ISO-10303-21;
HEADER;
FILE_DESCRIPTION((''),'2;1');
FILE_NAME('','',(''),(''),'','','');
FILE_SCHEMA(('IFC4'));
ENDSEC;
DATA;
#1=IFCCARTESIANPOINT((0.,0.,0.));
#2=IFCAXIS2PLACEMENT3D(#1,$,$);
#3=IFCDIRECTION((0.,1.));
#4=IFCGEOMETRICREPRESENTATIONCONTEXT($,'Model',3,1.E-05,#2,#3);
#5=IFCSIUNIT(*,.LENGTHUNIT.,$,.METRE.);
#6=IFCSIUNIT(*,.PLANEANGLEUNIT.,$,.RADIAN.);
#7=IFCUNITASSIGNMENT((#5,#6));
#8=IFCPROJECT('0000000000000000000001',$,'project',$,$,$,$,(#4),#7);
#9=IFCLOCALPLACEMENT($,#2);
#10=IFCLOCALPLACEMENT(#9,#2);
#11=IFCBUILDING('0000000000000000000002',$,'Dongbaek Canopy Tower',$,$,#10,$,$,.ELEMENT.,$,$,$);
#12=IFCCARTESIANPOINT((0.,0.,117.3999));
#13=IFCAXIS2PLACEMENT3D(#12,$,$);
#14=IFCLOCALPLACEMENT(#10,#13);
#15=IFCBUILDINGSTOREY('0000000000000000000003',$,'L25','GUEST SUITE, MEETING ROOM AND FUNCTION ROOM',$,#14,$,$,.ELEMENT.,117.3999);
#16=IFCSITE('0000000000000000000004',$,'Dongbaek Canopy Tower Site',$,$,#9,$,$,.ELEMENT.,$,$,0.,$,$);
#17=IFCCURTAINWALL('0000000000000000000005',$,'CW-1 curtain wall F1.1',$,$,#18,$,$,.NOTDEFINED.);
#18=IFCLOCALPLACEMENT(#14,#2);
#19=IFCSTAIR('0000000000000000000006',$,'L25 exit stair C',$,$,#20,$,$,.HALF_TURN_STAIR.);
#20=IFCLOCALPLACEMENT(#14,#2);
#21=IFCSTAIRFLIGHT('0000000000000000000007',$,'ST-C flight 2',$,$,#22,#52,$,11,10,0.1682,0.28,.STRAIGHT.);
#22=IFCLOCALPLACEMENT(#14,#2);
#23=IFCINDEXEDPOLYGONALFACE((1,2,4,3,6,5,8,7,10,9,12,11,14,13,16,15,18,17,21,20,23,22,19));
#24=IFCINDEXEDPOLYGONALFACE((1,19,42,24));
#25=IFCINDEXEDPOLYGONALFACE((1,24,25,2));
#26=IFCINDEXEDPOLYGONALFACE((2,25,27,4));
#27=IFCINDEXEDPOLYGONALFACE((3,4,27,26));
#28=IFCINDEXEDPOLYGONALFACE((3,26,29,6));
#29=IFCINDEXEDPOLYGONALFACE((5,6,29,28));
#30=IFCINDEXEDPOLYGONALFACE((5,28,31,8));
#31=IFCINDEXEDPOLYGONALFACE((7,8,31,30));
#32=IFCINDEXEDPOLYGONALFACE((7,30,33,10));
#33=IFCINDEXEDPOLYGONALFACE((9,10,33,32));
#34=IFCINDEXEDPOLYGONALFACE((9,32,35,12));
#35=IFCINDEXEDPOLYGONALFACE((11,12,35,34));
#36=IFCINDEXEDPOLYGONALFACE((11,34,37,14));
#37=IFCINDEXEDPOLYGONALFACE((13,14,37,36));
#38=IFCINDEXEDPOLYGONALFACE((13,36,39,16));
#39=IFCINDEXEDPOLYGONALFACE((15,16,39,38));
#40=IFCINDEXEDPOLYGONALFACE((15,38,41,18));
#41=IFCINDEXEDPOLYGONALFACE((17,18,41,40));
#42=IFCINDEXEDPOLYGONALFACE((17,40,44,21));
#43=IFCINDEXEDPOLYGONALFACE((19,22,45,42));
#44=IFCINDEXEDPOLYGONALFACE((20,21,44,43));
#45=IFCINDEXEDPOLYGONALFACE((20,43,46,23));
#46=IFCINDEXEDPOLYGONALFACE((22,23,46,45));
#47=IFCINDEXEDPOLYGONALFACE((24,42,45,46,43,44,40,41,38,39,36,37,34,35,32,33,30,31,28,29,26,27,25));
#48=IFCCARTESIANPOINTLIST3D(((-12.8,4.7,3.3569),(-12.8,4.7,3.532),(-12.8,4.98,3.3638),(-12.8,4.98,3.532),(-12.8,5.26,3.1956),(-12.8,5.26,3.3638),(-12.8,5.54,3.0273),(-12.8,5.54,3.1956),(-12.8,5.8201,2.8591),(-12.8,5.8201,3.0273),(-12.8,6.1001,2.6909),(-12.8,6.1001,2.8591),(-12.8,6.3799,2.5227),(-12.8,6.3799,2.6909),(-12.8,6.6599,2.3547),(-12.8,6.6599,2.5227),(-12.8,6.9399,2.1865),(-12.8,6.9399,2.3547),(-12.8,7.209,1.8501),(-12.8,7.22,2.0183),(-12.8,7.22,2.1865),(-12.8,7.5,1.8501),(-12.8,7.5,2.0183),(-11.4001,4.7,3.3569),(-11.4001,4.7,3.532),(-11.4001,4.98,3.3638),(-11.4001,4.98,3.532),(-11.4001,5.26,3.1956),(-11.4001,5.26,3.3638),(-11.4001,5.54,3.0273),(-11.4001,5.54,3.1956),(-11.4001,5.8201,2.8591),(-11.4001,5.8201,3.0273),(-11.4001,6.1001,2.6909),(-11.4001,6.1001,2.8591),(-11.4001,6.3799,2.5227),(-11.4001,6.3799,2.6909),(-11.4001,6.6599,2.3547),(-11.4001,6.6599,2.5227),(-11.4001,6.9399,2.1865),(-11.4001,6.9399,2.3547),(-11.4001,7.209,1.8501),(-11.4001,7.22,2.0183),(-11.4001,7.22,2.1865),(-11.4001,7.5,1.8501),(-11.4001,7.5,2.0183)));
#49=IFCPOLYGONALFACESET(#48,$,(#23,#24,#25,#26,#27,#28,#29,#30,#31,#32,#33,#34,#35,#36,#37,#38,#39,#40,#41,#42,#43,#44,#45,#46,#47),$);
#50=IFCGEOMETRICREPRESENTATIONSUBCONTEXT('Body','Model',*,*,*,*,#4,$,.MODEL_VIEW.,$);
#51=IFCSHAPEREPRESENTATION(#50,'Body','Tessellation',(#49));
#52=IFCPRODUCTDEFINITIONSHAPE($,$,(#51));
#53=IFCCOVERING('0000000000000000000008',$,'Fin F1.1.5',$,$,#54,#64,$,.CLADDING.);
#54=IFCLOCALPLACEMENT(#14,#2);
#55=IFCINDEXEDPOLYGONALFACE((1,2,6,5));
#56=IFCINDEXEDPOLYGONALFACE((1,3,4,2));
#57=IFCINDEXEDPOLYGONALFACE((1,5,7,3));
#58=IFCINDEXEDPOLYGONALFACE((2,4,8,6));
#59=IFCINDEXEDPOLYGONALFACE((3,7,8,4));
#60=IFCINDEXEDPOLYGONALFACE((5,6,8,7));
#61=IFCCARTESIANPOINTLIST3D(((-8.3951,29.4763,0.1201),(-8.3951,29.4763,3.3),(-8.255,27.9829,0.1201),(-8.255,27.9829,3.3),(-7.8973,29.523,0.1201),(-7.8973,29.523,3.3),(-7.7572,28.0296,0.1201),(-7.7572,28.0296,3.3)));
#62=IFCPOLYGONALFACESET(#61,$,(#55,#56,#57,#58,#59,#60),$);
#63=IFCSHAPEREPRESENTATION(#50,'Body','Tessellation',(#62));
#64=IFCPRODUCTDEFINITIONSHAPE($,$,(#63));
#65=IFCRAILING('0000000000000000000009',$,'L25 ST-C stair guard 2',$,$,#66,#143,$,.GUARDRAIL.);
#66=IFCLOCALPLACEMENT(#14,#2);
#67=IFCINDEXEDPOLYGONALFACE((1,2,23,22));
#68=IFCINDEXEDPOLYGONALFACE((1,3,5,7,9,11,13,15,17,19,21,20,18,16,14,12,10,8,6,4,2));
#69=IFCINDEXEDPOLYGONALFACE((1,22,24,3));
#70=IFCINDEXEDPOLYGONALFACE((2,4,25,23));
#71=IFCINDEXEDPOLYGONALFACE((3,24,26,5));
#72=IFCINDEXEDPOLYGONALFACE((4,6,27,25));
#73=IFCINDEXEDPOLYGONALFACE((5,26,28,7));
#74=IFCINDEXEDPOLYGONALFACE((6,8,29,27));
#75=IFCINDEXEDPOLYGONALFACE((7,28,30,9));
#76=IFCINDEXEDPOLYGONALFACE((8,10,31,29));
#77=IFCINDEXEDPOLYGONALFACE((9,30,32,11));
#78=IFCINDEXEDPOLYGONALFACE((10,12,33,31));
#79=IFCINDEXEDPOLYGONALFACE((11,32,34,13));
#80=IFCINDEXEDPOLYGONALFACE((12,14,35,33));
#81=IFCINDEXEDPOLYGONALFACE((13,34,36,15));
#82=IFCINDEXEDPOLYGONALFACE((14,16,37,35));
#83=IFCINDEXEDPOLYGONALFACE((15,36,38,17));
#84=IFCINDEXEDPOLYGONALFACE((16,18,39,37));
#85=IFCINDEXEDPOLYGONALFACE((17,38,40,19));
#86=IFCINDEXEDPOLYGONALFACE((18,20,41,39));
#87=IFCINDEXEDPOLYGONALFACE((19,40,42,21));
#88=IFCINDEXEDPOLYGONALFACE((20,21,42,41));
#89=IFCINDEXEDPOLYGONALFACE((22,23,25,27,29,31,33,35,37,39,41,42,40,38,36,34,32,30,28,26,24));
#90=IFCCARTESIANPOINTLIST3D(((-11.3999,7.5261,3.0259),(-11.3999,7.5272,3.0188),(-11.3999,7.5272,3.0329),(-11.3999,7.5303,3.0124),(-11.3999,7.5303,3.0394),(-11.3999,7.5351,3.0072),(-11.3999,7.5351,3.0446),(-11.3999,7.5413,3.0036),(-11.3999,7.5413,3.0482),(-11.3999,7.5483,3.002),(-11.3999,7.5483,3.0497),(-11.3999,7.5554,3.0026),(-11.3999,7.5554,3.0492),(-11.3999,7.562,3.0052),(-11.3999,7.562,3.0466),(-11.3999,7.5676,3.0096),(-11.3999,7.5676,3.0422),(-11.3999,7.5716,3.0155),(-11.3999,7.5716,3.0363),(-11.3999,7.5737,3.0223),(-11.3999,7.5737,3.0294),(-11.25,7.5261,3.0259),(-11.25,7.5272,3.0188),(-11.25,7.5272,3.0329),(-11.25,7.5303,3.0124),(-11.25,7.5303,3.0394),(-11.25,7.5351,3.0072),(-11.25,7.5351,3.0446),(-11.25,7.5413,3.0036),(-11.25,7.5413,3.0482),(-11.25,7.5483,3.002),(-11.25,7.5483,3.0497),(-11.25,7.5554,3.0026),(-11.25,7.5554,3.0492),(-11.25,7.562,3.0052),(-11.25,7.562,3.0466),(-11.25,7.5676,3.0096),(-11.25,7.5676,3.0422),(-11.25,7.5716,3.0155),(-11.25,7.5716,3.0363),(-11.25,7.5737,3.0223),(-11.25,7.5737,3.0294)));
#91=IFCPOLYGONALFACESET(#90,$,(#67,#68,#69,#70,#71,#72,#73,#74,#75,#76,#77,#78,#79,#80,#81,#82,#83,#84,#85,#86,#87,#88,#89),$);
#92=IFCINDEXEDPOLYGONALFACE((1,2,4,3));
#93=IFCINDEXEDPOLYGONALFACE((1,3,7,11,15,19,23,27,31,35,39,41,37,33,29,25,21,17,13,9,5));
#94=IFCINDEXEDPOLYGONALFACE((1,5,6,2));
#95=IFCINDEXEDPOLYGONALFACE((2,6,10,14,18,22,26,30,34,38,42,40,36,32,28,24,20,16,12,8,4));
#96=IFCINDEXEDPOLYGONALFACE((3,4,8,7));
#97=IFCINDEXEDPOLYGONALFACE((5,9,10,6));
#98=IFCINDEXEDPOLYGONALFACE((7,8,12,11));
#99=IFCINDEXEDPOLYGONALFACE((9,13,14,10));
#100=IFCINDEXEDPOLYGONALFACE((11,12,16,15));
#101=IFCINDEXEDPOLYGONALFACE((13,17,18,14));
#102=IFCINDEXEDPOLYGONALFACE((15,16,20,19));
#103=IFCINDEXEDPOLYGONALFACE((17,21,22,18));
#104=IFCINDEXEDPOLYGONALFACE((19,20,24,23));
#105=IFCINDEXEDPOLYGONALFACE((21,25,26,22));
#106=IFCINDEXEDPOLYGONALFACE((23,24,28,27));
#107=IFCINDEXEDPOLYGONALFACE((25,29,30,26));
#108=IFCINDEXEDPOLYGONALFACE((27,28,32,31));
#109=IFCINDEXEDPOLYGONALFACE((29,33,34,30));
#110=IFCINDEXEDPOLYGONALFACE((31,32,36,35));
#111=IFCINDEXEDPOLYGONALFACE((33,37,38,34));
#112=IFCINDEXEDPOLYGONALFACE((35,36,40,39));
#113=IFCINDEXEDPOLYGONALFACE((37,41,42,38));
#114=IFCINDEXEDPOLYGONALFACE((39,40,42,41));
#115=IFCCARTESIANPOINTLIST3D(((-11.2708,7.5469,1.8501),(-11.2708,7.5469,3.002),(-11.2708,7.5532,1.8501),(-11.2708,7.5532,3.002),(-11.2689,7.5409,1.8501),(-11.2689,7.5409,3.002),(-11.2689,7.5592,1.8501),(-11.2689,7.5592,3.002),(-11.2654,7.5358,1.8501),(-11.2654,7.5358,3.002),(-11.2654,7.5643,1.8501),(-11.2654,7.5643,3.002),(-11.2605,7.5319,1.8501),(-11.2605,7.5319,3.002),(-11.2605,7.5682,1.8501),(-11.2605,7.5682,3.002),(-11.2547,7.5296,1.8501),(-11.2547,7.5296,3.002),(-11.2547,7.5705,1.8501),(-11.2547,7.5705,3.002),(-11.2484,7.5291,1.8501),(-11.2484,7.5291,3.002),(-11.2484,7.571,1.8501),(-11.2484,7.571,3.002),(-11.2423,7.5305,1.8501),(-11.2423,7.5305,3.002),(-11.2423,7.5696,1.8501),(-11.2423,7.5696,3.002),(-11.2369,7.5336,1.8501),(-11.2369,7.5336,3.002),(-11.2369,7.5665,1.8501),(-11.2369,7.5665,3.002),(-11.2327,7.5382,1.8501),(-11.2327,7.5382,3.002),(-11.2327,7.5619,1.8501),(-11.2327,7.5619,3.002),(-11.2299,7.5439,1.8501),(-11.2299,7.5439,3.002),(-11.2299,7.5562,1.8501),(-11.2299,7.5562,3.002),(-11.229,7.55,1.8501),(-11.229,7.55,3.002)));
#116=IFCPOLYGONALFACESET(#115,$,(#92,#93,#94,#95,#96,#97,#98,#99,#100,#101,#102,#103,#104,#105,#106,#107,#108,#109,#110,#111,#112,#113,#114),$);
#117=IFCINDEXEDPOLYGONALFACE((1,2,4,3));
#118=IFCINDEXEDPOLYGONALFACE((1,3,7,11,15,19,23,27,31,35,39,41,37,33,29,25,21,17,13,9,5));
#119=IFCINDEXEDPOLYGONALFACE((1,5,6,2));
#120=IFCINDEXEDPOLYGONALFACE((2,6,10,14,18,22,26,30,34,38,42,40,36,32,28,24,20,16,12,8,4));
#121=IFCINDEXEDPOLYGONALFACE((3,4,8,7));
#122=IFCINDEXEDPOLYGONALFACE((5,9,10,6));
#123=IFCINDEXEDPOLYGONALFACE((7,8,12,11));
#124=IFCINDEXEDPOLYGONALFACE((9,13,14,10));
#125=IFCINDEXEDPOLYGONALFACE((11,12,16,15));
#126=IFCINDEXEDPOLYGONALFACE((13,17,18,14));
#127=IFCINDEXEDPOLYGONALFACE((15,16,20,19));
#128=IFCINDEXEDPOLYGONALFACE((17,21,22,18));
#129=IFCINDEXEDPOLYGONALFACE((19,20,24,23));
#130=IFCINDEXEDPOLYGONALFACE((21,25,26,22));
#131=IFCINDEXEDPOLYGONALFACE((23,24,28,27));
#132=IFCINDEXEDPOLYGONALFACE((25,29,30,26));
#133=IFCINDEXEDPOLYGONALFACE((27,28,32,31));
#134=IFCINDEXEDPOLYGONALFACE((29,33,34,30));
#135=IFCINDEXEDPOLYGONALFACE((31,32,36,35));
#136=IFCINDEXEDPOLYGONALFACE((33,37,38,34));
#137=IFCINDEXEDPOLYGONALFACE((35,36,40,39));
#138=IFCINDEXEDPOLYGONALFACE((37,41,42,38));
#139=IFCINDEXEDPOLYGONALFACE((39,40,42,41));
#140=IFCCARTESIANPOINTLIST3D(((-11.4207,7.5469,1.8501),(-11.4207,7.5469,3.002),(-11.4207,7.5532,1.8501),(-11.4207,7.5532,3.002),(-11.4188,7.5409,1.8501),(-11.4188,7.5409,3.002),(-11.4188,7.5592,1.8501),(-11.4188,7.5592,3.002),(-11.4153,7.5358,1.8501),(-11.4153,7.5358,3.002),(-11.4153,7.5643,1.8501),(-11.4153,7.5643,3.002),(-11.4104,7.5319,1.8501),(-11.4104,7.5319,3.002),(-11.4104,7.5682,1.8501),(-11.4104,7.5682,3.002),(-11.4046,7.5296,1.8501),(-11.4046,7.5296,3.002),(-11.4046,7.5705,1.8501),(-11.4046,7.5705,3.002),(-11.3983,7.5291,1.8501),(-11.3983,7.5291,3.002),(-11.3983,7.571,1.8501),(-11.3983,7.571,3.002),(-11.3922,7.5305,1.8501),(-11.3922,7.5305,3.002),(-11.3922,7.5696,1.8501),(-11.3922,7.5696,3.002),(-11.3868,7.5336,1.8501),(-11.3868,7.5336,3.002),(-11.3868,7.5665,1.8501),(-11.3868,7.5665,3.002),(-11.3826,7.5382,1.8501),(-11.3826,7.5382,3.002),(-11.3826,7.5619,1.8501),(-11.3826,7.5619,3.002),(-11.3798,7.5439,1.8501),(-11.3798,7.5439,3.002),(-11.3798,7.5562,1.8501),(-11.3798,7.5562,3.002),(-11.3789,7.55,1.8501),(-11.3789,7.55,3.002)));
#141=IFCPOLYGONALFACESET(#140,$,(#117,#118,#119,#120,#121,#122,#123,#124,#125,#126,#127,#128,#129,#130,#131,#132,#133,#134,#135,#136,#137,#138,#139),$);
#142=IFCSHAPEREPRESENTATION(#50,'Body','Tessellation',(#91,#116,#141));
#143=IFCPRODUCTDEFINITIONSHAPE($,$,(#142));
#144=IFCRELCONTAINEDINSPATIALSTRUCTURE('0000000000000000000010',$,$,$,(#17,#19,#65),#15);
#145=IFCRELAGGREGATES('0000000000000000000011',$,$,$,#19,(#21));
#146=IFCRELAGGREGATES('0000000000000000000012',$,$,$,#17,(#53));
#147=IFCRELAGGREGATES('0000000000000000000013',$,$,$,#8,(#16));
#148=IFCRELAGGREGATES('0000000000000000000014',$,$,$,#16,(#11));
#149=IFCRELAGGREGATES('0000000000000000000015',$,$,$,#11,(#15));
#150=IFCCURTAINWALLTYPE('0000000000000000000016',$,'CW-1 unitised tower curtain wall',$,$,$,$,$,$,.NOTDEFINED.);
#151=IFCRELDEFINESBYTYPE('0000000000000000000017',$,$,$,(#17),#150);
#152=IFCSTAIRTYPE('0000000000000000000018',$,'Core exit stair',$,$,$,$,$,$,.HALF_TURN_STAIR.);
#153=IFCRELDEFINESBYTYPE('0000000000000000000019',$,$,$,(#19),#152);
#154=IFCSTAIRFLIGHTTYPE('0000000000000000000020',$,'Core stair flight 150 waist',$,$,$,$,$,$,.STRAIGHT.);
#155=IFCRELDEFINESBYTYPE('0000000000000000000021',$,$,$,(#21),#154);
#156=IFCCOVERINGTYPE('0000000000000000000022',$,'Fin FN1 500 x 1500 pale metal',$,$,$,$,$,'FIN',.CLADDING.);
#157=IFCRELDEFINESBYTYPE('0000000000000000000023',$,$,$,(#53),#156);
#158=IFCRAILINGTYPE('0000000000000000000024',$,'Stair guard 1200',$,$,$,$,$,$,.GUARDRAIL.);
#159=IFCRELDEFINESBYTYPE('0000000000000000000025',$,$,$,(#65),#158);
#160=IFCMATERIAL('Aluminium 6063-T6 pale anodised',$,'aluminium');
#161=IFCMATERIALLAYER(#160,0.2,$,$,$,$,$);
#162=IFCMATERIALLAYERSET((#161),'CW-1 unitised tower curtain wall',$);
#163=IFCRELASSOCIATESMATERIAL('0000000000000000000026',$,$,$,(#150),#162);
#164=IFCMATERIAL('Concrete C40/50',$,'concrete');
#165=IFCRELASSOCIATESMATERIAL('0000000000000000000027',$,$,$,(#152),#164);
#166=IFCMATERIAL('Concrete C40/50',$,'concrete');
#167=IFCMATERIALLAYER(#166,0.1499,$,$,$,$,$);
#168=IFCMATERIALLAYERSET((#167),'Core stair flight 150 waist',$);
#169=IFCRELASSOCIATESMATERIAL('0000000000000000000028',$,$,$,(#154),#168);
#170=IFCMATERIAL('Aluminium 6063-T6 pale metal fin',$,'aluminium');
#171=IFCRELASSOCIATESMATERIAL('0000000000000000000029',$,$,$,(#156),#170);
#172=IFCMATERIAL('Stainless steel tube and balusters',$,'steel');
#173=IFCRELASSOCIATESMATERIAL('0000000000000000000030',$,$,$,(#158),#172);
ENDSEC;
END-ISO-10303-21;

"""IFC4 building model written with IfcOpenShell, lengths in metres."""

from ifc_helpers import new_model, si_unit, direction, frame, origin, origin_2d, place, context, subcontext, project, spatial, polyline, rectangle, circle, outline, extrude, material, layer, layer_set, material_profile, profile_set, type_object, element, aggregate, save


model = new_model("IFC4")

# Units and contexts
model_context = context("Model", 3, precision=1e-05, world=origin(), true_north=direction((0.0, 1.0)))
body_context = subcontext(model_context, "Body", "Model", "MODEL_VIEW")
ifc_project = project(units=[si_unit("LENGTHUNIT", "METRE"), si_unit("PLANEANGLEUNIT", "RADIAN")], contexts=[model_context])

# Site, building, storey
site_placement = place(None, origin())
site = spatial("IfcSite", under=ifc_project, at=site_placement, Name="Dongbaek Canopy Tower Site", CompositionType="ELEMENT", RefElevation=0.0)
building_placement = place(site_placement, origin())
building = spatial("IfcBuilding", under=site, at=building_placement, Name="Dongbaek Canopy Tower", CompositionType="ELEMENT")
storey_placement = place(building_placement, frame((0.0, 0.0, 117.3999)))
storey = spatial("IfcBuildingStorey", under=building, at=storey_placement, Name="L25", Description="GUEST SUITE, MEETING ROOM AND FUNCTION ROOM", CompositionType="ELEMENT", Elevation=117.3999)

# Curtain wall
ifc_material_1 = material(Name="Aluminium 6063-T6 pale anodised", Category="aluminium")
ifc_layer_1 = layer(ifc_material_1, 0.2)
ifc_layer_set_1 = layer_set([ifc_layer_1], Name="CW-1 unitised tower curtain wall")
curtain_wall_type = type_object("IfcCurtainWallType", Name="CW-1 unitised tower curtain wall", PredefinedType="NOTDEFINED", material=ifc_layer_set_1)
curtain_wall_placement = place(storey_placement, origin())
curtain_wall = element("IfcCurtainWall", 1, at=curtain_wall_placement, inside=storey, type_object=curtain_wall_type, Name="CW-1 curtain wall F1.1", PredefinedType="NOTDEFINED")

# Stair, stair flight
ifc_material_2 = material(Name="Concrete C40/50", Category="concrete")
stair_type = type_object("IfcStairType", Name="Core exit stair", PredefinedType="HALF_TURN_STAIR", material=ifc_material_2)
stair_placement = place(storey_placement, origin())
stair = element("IfcStair", 2, at=stair_placement, inside=storey, type_object=stair_type, Name="L25 exit stair C", PredefinedType="HALF_TURN_STAIR")
ifc_material_3 = material(Name="Concrete C40/50", Category="concrete")
ifc_layer_2 = layer(ifc_material_3, 0.1499)
ifc_layer_set_2 = layer_set([ifc_layer_2], Name="Core stair flight 150 waist")
stair_flight_type = type_object("IfcStairFlightType", Name="Core stair flight 150 waist", PredefinedType="STRAIGHT", material=ifc_layer_set_2)
stair_flight_placement = place(storey_placement, frame((-12.1001, 7.5, 1.8501), z_axis=(0.0, 0.0, 1.0), x_axis=(0.0, -1.0, 0.0)))
stair_flight = element("IfcStairFlight", 3, at=stair_flight_placement, type_object=stair_flight_type, Name="ST-C flight 2", NumberOfRisers=11, NumberOfTreads=10, PredefinedType="STRAIGHT", RiserHeight=0.1682, TreadLength=0.28, context=body_context, shape_type="SweptSolid", body=[
    extrude(outline(polyline([(0.0, 0.0), (0.0, 0.1682), (0.28, 0.1682), (0.28, 0.3364), (0.5601, 0.3364), (0.5601, 0.5046), (0.8401, 0.5046), (0.8401, 0.6726), (1.1201, 0.6726), (1.1201, 0.8408), (1.3999, 0.8408), (1.3999, 1.009), (1.6799, 1.009), (1.6799, 1.1772), (1.96, 1.1772), (1.96, 1.3455), (2.24, 1.3455), (2.24, 1.5137), (2.52, 1.5137), (2.52, 1.6819), (2.8, 1.6819), (2.8, 1.8501), (2.8, 1.5068), (0.291, 0.0), (0.0, 0.0)])), frame((0.0, 0.7, 0.0), z_axis=(0.0, -1.0, 0.0), x_axis=(1.0, 0.0, 0.0)), (0.0, 0.0, 1.0), 1.3999),
])
aggregate(stair, [stair_flight])

# Covering
ifc_material_4 = material(Name="Aluminium 6063-T6 pale metal fin", Category="aluminium")
ifc_material_profile_1 = material_profile(ifc_material_4, rectangle(XDim=1.5, YDim=0.5, at=origin_2d()), Name="Fin FN1 500 x 1500 pale metal")
ifc_profile_set_1 = profile_set([ifc_material_profile_1], Name="Aluminium 6063-T6 pale metal fin")
covering_type = type_object("IfcCoveringType", Name="Fin FN1 500 x 1500 pale metal", ElementType="FIN", PredefinedType="CLADDING", material=ifc_profile_set_1)
covering_placement = place(storey_placement, frame((-8.0762, 28.7529, 0.1201), z_axis=(0.0, 0.0, 1.0), x_axis=(-0.093398, 0.995629, 0.0)))
covering = element("IfcCovering", 4, at=covering_placement, type_object=covering_type, Name="Fin F1.1.5", PredefinedType="CLADDING", context=body_context, shape_type="SweptSolid", body=[
    extrude(rectangle(XDim=1.5, YDim=0.5, at=origin_2d()), origin(), (0.0, 0.0, 1.0), 3.1799),
])
aggregate(curtain_wall, [covering])

# Railing
ifc_material_5 = material(Name="Stainless steel tube and balusters", Category="steel")
railing_type = type_object("IfcRailingType", Name="Stair guard 1200", PredefinedType="GUARDRAIL", material=ifc_material_5)
railing_1_placement = place(storey_placement, frame((-11.25, 7.55, 1.8501)))
element("IfcRailing", 5, at=railing_1_placement, inside=storey, type_object=railing_type, Name="L25 ST-C stair guard 2", PredefinedType="GUARDRAIL", context=body_context, shape_type="SweptSolid", body=[
    extrude(circle(Radius=0.0239, at=origin_2d()), frame((0.0, 0.0, 1.1758), z_axis=(-1.0, 0.0, 0.0), x_axis=(0.0, -1.0, 0.0)), (0.0, 0.0, 1.0), 0.1499),
    extrude(circle(Radius=0.021, at=origin_2d()), origin(), (0.0, 0.0, 1.0), 1.1519),
    extrude(circle(Radius=0.021, at=origin_2d()), frame((-0.1499, 0.0, 0.0)), (0.0, 0.0, 1.0), 1.1519),
])

save(model, "model.ifc")
